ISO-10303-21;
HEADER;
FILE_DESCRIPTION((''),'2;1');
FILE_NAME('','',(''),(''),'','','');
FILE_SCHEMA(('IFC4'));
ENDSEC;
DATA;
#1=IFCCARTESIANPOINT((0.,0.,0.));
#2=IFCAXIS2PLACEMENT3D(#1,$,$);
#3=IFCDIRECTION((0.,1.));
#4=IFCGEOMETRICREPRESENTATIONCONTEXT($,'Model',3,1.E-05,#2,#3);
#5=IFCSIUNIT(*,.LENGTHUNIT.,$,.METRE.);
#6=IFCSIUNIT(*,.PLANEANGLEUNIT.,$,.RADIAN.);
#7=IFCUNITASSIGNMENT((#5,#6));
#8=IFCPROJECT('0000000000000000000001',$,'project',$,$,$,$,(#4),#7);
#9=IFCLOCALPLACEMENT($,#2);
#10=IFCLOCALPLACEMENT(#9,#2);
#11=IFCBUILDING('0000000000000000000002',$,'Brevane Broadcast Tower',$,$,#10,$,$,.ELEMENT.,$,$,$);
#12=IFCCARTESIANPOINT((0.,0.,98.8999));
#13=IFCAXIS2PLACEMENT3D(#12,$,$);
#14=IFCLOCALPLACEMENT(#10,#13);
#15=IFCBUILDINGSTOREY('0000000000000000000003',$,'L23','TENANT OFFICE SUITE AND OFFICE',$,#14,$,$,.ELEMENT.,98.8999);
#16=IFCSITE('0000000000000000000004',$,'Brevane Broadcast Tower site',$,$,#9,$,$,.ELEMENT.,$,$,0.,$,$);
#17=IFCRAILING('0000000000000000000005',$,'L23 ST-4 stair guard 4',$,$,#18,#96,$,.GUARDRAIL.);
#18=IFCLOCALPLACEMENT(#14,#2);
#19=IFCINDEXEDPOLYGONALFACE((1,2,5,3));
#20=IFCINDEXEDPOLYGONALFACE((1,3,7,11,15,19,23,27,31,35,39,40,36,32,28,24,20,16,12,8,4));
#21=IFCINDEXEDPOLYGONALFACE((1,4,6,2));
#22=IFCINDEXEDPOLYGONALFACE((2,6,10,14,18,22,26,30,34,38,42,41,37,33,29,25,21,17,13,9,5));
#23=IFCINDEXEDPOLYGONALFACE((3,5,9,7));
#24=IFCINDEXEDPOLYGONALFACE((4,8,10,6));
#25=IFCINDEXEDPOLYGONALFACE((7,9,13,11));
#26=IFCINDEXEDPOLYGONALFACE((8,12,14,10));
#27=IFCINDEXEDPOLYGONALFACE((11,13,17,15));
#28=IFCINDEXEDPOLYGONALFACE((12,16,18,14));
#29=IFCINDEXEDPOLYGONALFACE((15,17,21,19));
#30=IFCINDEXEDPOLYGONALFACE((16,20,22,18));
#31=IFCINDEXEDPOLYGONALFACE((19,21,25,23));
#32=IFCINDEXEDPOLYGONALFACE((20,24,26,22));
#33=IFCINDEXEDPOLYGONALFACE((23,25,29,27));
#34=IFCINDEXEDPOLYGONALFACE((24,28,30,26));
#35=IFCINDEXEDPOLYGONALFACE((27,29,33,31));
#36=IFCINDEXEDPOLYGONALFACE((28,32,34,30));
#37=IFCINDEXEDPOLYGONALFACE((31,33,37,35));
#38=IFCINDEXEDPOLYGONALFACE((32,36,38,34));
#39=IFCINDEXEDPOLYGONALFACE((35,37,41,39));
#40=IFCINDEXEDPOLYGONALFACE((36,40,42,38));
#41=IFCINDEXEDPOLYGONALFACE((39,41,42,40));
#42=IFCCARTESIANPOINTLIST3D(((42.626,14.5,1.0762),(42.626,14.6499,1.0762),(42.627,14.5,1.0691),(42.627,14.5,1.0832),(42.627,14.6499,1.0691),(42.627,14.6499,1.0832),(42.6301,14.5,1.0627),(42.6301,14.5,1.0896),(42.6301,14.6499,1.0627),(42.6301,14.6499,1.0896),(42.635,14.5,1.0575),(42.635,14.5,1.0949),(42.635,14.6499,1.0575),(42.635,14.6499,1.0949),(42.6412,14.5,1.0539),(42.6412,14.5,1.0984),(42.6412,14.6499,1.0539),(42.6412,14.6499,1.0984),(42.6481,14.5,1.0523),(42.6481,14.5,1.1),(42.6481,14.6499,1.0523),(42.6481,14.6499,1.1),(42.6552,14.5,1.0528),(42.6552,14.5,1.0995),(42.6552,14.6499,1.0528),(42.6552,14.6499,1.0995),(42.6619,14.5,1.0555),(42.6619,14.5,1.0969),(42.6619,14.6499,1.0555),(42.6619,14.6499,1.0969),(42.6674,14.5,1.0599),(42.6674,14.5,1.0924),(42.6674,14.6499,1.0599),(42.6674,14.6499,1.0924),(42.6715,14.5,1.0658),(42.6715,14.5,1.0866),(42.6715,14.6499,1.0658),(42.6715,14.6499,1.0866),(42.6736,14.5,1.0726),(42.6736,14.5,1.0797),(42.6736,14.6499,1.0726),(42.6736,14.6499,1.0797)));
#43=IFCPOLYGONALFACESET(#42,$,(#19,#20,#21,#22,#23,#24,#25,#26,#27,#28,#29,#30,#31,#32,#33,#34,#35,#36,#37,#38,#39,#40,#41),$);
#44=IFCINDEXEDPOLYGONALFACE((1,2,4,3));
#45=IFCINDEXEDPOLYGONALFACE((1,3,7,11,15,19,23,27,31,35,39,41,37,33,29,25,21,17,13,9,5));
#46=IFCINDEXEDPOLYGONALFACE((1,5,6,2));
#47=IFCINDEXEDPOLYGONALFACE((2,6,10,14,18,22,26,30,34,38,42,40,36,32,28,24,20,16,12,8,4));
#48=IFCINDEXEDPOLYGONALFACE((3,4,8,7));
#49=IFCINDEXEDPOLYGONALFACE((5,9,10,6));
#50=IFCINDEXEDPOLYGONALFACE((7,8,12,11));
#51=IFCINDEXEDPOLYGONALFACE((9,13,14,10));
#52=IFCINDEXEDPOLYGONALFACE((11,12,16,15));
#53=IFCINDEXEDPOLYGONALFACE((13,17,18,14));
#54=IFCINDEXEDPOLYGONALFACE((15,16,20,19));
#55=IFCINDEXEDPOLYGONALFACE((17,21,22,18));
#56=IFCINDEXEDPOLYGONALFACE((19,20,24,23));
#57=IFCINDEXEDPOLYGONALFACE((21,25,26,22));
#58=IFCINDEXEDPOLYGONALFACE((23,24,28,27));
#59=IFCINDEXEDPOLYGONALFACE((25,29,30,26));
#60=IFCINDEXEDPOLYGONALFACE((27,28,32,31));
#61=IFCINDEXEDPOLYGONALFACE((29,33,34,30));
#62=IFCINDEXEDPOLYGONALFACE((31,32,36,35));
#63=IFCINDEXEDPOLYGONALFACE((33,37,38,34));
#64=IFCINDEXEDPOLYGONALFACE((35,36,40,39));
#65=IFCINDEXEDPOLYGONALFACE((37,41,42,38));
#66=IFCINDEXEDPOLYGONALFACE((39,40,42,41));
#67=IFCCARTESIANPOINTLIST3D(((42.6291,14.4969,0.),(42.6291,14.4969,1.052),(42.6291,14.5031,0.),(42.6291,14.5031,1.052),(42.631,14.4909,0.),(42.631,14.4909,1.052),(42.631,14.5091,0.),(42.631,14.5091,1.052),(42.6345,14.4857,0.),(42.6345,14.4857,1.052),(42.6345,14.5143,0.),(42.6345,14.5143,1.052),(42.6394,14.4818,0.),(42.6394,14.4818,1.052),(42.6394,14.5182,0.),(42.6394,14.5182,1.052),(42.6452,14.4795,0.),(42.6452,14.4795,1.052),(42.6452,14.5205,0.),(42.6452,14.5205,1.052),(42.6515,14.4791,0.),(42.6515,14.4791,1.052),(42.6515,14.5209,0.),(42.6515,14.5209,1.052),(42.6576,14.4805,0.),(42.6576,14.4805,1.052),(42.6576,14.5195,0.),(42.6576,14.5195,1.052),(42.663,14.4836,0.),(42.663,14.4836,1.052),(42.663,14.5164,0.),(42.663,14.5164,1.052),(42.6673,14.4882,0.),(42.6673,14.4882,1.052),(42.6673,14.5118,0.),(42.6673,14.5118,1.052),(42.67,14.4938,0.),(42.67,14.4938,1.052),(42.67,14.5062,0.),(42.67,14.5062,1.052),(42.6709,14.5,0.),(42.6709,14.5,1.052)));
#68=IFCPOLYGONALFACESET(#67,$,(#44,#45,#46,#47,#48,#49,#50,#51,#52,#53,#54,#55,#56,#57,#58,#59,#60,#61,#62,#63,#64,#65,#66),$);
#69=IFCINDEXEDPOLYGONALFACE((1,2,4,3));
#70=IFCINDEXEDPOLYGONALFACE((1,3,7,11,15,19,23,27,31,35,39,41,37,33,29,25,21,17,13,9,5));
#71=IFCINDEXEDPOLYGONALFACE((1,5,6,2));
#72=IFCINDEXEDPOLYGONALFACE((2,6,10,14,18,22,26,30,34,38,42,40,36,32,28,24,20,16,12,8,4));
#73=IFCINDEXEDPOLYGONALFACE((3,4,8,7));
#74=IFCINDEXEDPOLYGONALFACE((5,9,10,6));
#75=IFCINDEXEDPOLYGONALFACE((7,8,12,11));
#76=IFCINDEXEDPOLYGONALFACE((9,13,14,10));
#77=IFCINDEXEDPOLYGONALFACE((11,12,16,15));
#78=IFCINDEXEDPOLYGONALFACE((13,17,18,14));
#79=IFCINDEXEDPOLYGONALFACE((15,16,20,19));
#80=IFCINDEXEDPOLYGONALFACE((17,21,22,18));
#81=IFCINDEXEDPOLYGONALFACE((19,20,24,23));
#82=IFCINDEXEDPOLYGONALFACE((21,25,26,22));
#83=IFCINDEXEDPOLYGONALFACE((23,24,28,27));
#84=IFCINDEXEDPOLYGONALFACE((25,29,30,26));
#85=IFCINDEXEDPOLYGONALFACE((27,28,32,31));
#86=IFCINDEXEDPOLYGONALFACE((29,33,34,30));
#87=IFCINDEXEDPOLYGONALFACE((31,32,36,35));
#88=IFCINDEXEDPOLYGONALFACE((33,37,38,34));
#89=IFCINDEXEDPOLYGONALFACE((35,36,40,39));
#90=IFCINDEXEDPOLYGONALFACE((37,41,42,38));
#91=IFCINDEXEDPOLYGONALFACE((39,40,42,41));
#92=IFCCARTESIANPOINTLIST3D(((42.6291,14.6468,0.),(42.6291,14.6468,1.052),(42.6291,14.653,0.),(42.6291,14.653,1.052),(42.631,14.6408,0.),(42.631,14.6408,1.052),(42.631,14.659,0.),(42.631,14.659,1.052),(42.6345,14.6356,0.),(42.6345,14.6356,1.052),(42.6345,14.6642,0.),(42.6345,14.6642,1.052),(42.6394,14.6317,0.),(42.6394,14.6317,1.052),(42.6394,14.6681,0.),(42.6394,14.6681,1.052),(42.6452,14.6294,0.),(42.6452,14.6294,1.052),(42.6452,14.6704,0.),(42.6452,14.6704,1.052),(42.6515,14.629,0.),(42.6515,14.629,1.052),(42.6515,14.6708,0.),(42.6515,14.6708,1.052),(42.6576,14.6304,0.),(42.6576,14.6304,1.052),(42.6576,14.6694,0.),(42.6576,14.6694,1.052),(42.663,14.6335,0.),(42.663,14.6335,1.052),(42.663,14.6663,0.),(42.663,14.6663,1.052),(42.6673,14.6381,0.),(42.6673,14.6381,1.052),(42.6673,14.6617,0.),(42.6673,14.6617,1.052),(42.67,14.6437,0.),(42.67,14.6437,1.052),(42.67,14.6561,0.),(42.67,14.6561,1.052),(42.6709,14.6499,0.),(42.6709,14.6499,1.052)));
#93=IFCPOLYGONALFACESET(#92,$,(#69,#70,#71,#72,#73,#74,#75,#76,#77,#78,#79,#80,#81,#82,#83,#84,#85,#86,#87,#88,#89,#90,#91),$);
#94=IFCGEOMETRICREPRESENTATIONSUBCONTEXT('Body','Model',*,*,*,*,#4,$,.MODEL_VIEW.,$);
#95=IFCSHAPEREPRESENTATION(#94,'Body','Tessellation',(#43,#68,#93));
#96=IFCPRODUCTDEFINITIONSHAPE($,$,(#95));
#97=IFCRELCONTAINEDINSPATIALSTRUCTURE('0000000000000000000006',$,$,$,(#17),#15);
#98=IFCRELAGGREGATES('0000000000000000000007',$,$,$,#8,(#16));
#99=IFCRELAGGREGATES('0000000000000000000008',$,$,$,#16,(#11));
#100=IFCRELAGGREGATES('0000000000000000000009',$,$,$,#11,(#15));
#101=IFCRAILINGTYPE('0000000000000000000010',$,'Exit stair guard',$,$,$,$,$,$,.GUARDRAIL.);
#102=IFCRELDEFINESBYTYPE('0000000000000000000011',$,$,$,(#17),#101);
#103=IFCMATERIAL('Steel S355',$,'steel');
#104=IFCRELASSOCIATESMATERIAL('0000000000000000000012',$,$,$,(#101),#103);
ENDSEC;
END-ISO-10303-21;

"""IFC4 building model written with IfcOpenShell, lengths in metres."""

from ifc_helpers import new_model, si_unit, direction, frame, origin, origin_2d, place, context, subcontext, project, spatial, circle, extrude, material, type_object, element, save


model = new_model("IFC4")

# Units and contexts
model_context = context("Model", 3, precision=1e-05, world=origin(), true_north=direction((0.0, 1.0)))
body_context = subcontext(model_context, "Body", "Model", "MODEL_VIEW")
ifc_project = project(units=[si_unit("LENGTHUNIT", "METRE"), si_unit("PLANEANGLEUNIT", "RADIAN")], contexts=[model_context])

# Site, building, storey
site_placement = place(None, origin())
site = spatial("IfcSite", under=ifc_project, at=site_placement, Name="Brevane Broadcast Tower site", CompositionType="ELEMENT", RefElevation=0.0)
building_placement = place(site_placement, origin())
building = spatial("IfcBuilding", under=site, at=building_placement, Name="Brevane Broadcast Tower", CompositionType="ELEMENT")
storey_placement = place(building_placement, frame((0.0, 0.0, 98.8999)))
storey = spatial("IfcBuildingStorey", under=building, at=storey_placement, Name="L23", Description="TENANT OFFICE SUITE AND OFFICE", CompositionType="ELEMENT", Elevation=98.8999)

# Railing
ifc_material_1 = material(Name="Steel S355", Category="steel")
railing_type_1 = type_object("IfcRailingType", Name="Exit stair guard", PredefinedType="GUARDRAIL", material=ifc_material_1)
railing_1_placement = place(storey_placement, frame((42.6499, 14.5, 0.0)))
element("IfcRailing", 1, at=railing_1_placement, inside=storey, type_object=railing_type_1, Name="L23 ST-4 stair guard 4", PredefinedType="GUARDRAIL", context=body_context, shape_type="SweptSolid", body=[
    extrude(circle(Radius=0.0239, at=origin_2d()), frame((0.0, 0.0, 1.0762), z_axis=(0.0, 1.0, 0.0), x_axis=(-1.0, 0.0, 0.0)), (0.0, 0.0, 1.0), 0.1499),
    extrude(circle(Radius=0.021, at=origin_2d()), origin(), (0.0, 0.0, 1.0), 1.052),
    extrude(circle(Radius=0.021, at=origin_2d()), frame((0.0, 0.1499, 0.0)), (0.0, 0.0, 1.0), 1.052),
])

save(model, "model.ifc")
